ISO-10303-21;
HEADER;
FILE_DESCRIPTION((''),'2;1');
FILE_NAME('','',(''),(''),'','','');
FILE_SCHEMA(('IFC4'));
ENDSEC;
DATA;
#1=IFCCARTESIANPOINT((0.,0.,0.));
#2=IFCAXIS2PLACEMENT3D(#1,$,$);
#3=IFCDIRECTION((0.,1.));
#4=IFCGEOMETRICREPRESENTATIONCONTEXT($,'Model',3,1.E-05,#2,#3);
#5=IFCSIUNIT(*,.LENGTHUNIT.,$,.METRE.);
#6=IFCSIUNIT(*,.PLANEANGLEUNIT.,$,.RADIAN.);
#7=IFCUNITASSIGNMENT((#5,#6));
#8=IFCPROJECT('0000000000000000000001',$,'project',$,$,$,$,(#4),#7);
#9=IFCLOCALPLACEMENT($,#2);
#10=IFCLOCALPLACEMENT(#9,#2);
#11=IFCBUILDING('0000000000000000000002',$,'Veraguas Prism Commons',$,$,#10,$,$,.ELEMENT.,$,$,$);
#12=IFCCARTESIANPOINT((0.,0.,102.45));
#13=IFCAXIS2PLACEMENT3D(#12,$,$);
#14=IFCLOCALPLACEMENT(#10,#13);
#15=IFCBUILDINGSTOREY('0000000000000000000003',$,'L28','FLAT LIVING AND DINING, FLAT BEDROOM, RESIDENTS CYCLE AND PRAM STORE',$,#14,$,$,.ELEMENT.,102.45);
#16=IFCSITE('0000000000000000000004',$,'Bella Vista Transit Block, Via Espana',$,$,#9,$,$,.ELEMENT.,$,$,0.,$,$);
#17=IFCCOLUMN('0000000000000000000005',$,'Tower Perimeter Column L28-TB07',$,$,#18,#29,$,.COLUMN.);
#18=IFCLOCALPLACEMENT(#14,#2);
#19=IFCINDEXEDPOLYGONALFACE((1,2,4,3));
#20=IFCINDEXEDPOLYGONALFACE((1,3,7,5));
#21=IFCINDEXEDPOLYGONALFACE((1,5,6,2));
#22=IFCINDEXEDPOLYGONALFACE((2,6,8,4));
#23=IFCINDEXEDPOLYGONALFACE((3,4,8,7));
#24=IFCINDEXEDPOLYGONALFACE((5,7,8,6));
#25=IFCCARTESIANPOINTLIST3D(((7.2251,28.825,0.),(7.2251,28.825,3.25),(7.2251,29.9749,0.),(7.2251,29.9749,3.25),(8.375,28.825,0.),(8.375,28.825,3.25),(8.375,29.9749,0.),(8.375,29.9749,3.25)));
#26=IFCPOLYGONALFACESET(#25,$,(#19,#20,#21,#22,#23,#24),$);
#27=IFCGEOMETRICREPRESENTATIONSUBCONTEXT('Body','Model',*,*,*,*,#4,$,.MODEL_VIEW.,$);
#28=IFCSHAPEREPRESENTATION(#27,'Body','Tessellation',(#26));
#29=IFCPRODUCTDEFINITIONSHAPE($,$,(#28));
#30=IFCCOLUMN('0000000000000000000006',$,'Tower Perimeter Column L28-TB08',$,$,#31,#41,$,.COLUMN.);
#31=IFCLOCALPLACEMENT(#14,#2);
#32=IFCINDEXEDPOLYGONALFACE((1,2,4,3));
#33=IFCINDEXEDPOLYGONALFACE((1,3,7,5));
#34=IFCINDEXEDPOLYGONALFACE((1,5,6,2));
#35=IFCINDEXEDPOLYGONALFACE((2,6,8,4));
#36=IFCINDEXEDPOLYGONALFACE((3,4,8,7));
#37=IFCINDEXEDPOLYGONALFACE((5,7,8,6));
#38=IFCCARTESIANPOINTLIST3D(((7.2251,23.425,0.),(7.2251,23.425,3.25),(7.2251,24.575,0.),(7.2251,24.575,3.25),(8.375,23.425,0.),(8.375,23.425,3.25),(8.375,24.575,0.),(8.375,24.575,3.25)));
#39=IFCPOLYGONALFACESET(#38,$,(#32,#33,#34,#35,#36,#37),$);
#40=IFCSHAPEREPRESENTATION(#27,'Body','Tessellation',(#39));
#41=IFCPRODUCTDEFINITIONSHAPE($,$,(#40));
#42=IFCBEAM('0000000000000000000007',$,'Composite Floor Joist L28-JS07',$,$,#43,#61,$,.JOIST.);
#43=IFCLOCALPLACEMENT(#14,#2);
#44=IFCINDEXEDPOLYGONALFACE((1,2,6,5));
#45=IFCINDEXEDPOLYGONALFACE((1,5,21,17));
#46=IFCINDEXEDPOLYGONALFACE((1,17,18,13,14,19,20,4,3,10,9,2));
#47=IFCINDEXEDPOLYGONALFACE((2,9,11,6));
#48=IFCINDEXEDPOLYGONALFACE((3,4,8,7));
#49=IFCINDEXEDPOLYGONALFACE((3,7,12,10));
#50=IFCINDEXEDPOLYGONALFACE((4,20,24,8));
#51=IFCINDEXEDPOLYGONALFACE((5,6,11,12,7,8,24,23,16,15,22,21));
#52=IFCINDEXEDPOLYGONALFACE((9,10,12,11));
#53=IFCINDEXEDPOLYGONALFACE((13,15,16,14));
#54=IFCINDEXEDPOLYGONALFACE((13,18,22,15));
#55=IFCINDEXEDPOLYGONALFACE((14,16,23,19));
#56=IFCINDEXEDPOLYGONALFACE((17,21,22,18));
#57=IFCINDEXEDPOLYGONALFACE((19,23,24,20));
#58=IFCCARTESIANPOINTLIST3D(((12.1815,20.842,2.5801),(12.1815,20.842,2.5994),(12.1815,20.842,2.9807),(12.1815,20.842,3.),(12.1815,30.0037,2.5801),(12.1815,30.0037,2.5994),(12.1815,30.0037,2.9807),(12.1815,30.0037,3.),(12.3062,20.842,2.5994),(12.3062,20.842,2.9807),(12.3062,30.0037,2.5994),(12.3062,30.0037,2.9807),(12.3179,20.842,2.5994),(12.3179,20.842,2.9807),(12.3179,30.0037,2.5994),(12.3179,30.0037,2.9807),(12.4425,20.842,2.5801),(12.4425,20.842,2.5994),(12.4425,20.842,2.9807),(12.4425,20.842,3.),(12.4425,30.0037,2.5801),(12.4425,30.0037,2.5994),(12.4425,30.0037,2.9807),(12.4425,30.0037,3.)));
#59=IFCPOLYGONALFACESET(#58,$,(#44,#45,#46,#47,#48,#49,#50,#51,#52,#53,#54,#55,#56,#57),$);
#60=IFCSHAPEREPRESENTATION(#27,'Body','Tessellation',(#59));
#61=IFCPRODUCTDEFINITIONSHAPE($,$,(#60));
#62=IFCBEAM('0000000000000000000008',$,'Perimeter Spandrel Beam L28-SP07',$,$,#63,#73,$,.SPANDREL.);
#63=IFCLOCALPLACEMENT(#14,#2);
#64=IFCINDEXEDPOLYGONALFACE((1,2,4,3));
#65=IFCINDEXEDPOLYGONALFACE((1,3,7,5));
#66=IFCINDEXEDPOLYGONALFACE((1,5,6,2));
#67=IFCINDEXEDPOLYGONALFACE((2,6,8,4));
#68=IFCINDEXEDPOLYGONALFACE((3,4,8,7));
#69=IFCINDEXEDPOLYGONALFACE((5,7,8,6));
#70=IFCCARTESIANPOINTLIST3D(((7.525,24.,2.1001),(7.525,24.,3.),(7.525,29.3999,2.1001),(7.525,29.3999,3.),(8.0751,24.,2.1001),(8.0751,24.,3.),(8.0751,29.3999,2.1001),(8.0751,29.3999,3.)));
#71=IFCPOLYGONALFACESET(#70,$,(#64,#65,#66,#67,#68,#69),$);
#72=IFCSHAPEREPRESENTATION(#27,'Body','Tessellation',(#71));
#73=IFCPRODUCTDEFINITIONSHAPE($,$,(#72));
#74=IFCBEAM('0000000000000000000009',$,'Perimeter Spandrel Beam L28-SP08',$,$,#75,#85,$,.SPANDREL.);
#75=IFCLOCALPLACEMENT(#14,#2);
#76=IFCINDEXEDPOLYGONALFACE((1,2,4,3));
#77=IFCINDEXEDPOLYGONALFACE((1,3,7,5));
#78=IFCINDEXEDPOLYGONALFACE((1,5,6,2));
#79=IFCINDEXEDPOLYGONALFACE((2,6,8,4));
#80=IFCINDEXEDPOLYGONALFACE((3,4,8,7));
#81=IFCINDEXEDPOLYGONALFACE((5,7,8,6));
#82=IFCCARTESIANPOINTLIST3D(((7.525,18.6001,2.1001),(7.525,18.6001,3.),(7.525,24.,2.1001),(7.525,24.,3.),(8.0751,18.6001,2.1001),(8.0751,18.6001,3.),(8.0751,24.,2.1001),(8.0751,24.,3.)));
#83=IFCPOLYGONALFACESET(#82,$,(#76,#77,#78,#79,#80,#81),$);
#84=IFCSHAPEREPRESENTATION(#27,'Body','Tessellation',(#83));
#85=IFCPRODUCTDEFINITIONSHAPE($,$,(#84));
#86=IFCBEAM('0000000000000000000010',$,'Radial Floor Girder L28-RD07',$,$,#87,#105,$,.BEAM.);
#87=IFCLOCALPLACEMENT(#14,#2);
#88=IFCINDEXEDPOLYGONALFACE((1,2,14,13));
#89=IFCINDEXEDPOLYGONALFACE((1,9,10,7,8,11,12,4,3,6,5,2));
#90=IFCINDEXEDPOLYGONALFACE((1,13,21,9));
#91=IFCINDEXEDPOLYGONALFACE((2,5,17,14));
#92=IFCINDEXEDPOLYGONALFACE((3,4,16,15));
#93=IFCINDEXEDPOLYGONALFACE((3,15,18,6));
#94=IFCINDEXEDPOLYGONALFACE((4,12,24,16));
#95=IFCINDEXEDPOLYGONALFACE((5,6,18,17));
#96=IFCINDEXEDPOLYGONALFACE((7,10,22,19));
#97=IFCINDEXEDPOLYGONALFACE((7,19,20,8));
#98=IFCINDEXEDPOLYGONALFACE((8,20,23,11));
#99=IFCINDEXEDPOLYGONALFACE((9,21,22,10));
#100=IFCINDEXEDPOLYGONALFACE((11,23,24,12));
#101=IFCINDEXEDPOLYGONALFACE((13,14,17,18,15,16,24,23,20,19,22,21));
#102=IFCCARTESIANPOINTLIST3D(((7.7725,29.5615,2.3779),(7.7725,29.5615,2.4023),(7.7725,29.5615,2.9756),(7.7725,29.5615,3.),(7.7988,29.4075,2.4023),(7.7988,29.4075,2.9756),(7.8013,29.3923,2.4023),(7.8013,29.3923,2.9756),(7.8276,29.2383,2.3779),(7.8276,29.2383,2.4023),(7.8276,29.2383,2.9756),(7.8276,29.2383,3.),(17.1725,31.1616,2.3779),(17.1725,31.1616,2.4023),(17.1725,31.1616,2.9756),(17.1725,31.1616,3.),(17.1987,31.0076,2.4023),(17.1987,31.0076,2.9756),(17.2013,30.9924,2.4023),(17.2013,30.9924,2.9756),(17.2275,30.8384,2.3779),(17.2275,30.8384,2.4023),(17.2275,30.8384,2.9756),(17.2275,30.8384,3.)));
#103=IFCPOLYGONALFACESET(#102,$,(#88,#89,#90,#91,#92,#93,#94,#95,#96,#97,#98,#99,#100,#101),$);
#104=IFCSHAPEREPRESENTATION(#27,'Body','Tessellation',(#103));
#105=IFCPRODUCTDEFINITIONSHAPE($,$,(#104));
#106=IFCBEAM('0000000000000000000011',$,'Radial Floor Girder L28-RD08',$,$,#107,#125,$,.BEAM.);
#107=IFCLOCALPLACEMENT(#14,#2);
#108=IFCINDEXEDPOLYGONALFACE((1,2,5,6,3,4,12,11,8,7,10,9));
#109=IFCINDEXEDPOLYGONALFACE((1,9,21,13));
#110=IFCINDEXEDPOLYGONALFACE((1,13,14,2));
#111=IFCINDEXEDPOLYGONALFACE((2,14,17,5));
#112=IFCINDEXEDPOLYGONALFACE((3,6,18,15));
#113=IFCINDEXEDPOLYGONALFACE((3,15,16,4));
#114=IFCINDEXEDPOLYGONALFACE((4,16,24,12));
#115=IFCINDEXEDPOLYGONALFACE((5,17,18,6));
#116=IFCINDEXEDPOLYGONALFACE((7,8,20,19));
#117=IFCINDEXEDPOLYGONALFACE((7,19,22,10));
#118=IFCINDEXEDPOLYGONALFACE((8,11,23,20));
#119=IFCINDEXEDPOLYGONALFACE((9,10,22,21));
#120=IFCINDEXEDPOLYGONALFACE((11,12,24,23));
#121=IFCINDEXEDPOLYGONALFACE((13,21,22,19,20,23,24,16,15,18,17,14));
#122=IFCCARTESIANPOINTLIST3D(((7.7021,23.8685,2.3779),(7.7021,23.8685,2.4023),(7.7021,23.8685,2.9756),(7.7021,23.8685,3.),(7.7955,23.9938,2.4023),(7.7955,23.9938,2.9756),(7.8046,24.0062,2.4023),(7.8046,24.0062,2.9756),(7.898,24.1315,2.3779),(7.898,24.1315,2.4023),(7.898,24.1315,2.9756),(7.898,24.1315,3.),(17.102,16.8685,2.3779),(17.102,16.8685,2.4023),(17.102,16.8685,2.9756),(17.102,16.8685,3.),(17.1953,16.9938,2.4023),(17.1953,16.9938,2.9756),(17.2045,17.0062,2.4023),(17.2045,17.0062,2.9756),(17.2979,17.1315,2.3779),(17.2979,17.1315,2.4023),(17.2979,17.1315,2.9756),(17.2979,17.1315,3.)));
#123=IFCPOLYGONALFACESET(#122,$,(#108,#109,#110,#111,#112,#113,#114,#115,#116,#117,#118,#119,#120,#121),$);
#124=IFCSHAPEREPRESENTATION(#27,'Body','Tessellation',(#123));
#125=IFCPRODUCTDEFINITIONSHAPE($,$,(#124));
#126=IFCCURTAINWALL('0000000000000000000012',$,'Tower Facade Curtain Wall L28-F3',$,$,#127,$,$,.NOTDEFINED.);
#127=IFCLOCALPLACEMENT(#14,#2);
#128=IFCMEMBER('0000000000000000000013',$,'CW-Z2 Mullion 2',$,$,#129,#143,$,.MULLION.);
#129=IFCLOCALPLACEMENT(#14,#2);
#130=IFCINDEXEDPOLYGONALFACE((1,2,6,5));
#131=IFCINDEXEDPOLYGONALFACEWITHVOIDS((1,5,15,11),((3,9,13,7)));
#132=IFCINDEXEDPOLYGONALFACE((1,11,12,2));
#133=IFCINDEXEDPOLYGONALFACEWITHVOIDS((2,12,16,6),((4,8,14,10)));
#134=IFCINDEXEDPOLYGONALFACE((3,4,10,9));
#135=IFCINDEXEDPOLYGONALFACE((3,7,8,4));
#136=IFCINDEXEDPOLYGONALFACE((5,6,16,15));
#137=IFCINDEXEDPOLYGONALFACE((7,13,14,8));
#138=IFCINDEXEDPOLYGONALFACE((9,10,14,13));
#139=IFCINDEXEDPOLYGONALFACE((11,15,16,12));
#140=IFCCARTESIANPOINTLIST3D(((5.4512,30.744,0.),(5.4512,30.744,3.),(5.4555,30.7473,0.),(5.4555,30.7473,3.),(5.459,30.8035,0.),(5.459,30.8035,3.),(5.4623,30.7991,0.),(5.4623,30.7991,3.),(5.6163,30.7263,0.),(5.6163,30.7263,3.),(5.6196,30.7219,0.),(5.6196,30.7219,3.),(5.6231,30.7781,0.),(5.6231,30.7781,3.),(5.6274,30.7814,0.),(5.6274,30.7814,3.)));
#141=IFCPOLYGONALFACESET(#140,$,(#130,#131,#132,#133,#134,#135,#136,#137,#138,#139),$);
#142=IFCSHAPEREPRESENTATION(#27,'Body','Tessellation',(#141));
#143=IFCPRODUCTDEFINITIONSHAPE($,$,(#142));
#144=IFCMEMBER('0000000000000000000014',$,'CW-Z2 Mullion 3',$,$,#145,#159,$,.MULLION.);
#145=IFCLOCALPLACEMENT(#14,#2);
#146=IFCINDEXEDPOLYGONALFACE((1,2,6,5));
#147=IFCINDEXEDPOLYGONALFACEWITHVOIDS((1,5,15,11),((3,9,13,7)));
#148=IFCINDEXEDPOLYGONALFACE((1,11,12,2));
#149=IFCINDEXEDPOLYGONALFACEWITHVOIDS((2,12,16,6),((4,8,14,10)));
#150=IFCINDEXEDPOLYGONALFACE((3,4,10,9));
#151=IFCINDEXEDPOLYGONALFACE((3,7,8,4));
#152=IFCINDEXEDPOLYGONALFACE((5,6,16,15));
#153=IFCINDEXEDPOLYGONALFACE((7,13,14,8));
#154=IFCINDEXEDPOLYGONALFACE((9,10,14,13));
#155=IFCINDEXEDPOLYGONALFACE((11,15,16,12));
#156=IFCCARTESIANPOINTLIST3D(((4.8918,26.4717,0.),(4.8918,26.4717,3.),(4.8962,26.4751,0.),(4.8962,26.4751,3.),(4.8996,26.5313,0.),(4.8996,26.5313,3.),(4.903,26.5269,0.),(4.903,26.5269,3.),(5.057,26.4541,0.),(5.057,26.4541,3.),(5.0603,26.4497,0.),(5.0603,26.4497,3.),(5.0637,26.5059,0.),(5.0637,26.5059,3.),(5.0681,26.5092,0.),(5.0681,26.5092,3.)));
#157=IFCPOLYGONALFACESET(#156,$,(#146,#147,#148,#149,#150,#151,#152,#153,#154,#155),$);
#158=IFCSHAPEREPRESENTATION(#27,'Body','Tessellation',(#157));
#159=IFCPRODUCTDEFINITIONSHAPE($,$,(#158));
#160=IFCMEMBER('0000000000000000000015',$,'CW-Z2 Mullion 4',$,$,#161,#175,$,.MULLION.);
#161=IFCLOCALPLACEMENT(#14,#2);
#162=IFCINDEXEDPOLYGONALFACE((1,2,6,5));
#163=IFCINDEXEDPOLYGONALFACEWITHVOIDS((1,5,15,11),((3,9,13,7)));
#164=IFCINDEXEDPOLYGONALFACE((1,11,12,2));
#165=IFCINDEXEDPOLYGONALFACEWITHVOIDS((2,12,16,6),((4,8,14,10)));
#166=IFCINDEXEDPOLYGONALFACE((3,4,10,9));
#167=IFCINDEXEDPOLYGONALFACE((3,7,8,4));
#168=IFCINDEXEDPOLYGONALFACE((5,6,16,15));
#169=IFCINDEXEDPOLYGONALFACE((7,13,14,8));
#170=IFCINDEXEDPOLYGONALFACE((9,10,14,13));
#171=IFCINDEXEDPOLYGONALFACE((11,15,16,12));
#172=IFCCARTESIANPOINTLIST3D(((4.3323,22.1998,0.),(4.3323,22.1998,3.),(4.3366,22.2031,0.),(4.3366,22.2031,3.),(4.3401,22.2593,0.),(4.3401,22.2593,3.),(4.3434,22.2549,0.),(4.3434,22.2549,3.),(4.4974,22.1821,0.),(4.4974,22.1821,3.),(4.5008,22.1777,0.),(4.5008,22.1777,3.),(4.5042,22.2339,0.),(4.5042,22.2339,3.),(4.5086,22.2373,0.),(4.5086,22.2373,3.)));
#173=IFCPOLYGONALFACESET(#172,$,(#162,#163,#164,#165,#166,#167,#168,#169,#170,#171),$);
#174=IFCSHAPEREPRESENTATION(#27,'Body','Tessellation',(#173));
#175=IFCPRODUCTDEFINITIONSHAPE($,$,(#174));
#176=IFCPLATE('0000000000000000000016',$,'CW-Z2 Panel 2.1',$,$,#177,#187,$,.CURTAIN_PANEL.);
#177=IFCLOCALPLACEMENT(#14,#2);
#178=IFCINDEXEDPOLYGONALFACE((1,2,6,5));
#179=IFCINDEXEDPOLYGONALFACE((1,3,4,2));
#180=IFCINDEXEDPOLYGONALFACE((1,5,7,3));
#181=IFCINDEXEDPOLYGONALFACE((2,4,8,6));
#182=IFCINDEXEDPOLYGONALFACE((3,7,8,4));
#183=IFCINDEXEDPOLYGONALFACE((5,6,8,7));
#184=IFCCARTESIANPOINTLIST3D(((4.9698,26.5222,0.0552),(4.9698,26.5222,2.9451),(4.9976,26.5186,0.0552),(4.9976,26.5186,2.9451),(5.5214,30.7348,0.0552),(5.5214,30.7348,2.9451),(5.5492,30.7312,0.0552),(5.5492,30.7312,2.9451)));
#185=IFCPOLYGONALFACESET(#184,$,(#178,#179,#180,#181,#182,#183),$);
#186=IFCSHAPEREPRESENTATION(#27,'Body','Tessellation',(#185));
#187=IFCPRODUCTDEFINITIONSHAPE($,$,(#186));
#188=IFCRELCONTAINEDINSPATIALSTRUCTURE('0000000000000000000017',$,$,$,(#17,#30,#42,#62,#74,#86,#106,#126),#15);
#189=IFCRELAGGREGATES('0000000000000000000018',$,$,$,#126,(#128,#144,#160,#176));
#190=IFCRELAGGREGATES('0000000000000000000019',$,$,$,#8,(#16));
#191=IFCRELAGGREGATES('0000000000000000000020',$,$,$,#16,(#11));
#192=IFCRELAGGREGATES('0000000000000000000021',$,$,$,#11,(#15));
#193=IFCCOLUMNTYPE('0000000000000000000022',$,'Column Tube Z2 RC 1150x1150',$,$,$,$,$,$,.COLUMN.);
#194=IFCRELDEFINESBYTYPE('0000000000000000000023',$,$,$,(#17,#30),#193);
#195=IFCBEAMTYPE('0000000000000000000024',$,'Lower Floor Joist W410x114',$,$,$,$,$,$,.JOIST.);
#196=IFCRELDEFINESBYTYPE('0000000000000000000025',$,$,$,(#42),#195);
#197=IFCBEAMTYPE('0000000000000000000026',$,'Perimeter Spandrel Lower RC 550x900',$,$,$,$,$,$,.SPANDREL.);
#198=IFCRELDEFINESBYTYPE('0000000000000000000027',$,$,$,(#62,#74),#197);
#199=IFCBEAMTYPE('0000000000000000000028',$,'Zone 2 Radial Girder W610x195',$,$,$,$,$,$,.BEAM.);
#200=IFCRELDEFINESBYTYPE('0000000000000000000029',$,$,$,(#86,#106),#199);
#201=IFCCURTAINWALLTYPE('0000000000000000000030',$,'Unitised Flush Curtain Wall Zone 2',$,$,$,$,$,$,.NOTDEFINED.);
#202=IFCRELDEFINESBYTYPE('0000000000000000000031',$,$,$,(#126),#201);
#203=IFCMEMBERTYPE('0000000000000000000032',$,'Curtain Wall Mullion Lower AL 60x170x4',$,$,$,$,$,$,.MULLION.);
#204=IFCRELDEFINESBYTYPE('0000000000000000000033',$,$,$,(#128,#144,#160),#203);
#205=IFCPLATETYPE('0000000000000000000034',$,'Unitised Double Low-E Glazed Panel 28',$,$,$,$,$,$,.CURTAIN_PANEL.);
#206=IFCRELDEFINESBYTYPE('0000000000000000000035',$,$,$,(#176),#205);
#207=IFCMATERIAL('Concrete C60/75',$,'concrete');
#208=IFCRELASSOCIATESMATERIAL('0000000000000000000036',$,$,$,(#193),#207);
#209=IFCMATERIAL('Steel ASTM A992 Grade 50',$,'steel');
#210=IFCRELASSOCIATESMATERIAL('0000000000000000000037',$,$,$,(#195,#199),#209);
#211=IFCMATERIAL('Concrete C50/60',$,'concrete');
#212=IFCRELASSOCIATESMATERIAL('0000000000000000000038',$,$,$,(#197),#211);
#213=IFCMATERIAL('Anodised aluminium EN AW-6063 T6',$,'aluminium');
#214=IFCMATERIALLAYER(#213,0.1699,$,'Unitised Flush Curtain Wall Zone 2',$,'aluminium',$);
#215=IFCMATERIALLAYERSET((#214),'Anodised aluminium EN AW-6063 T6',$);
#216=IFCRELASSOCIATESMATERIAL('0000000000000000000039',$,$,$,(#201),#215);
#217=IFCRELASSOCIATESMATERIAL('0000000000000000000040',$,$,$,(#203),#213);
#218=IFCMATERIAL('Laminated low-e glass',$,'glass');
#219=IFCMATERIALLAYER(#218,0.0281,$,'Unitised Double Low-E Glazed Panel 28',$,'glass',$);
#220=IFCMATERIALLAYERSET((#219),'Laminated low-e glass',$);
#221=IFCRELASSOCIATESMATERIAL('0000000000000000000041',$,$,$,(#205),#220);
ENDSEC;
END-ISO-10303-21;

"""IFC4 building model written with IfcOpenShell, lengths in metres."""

from ifc_helpers import new_model, si_unit, direction, frame, origin, origin_2d, place, context, subcontext, project, spatial, rectangle, hollow_rectangle, i_section, extrude, source, transform, mapped, material, layer, layer_set, material_profile, profile_set, type_object, element, aggregate, save


model = new_model("IFC4")

# Units and contexts
model_context = context("Model", 3, precision=1e-05, world=origin(), true_north=direction((0.0, 1.0)))
body_context = subcontext(model_context, "Body", "Model", "MODEL_VIEW")
ifc_project = project(units=[si_unit("LENGTHUNIT", "METRE"), si_unit("PLANEANGLEUNIT", "RADIAN")], contexts=[model_context])

# Site, building, storey
site_placement = place(None, origin())
site = spatial("IfcSite", under=ifc_project, at=site_placement, Name="Bella Vista Transit Block, Via Espana", CompositionType="ELEMENT", RefElevation=0.0)
building_placement = place(site_placement, origin())
building = spatial("IfcBuilding", under=site, at=building_placement, Name="Veraguas Prism Commons", CompositionType="ELEMENT")
storey_placement = place(building_placement, frame((0.0, 0.0, 102.45)))
storey = spatial("IfcBuildingStorey", under=building, at=storey_placement, Name="L28", Description="FLAT LIVING AND DINING, FLAT BEDROOM, RESIDENTS CYCLE AND PRAM STORE", CompositionType="ELEMENT", Elevation=102.45)

# Columns
ifc_material_1 = material(Name="Concrete C60/75", Category="concrete")
ifc_material_profile_1 = material_profile(ifc_material_1, rectangle(XDim=1.1499, YDim=1.1499, at=origin_2d()), Name="RC1150X1150")
ifc_profile_set_1 = profile_set([ifc_material_profile_1], Name="Concrete C60/75")
column_type = type_object("IfcColumnType", Name="Column Tube Z2 RC 1150x1150", PredefinedType="COLUMN", material=ifc_profile_set_1)
for number, where, z_axis, x_axis, name in (
    (1, (7.8, 29.3999, 0.0), (0.0, 0.0, 1.0), (1.0, 0.0, 0.0), "Tower Perimeter Column L28-TB07"),
    (2, (7.8, 24.0, 0.0), (0.0, 0.0, 1.0), (1.0, 0.0, 0.0), "Tower Perimeter Column L28-TB08"),
):
    element("IfcColumn", number, at=place(storey_placement, frame(where, z_axis=z_axis, x_axis=x_axis)), inside=storey, type_object=column_type, Name=name, PredefinedType="COLUMN", context=body_context, shape_type="SweptSolid", body=[
        extrude(rectangle(XDim=1.1499, YDim=1.1499, at=origin_2d()), origin(), (0.0, 0.0, 1.0), 3.25),
    ])

# Beams
ifc_material_2 = material(Name="Steel ASTM A992 Grade 50", Category="steel")
ifc_material_profile_2 = material_profile(ifc_material_2, i_section(OverallWidth=0.261, OverallDepth=0.4199, WebThickness=0.0117, FlangeThickness=0.0193, at=origin_2d()), Name="W410X114")
ifc_profile_set_2 = profile_set([ifc_material_profile_2], Name="Steel ASTM A992 Grade 50")
beam_type_1 = type_object("IfcBeamType", Name="Lower Floor Joist W410x114", PredefinedType="JOIST", material=ifc_profile_set_2)
beam_1_placement = place(storey_placement, frame((12.312, 30.0037, 2.79), z_axis=(0.0, -1.0, 0.0), x_axis=(1.0, 0.0, 0.0)))
element("IfcBeam", 3, at=beam_1_placement, inside=storey, type_object=beam_type_1, Name="Composite Floor Joist L28-JS07", PredefinedType="JOIST", context=body_context, shape_type="SweptSolid", body=[
    extrude(i_section(OverallWidth=0.261, OverallDepth=0.4199, WebThickness=0.0117, FlangeThickness=0.0193, at=origin_2d()), origin(), (0.0, 0.0, 1.0), 9.1616),
])
ifc_material_3 = material(Name="Concrete C50/60", Category="concrete")
ifc_material_profile_3 = material_profile(ifc_material_3, rectangle(XDim=0.55, YDim=0.8999, at=origin_2d()), Name="RC550X900")
ifc_profile_set_3 = profile_set([ifc_material_profile_3], Name="Concrete C50/60")
beam_type_2 = type_object("IfcBeamType", Name="Perimeter Spandrel Lower RC 550x900", PredefinedType="SPANDREL", material=ifc_profile_set_3)
for number, where, z_axis, x_axis, name in (
    (4, (7.8, 29.3999, 2.55), (0.0, -1.0, 0.0), (1.0, 0.0, 0.0), "Perimeter Spandrel Beam L28-SP07"),
    (5, (7.8, 24.0, 2.55), (0.0, -1.0, 0.0), (1.0, 0.0, 0.0), "Perimeter Spandrel Beam L28-SP08"),
):
    element("IfcBeam", number, at=place(storey_placement, frame(where, z_axis=z_axis, x_axis=x_axis)), inside=storey, type_object=beam_type_2, Name=name, PredefinedType="SPANDREL", context=body_context, shape_type="SweptSolid", body=[
        extrude(rectangle(XDim=0.55, YDim=0.8999, at=origin_2d()), origin(), (0.0, 0.0, 1.0), 5.3999),
    ])
ifc_material_profile_4 = material_profile(ifc_material_2, i_section(OverallWidth=0.3279, OverallDepth=0.6221, WebThickness=0.0154, FlangeThickness=0.0244, at=origin_2d()), Name="W610X195")
ifc_profile_set_4 = profile_set([ifc_material_profile_4], Name="Steel ASTM A992 Grade 50")
beam_type_3 = type_object("IfcBeamType", Name="Zone 2 Radial Girder W610x195", PredefinedType="BEAM", material=ifc_profile_set_4)
beam_2_placement = place(storey_placement, frame((7.8, 29.3999, 2.689), z_axis=(0.985819, 0.167811, 0.0), x_axis=(-0.167811, 0.985819, 0.0)))
element("IfcBeam", 6, at=beam_2_placement, inside=storey, type_object=beam_type_3, Name="Radial Floor Girder L28-RD07", PredefinedType="BEAM", context=body_context, shape_type="SweptSolid", body=[
    extrude(i_section(OverallWidth=0.3279, OverallDepth=0.6221, WebThickness=0.0154, FlangeThickness=0.0244, at=origin_2d()), origin(), (0.0, 0.0, 1.0), 9.5352),
])
beam_3_placement = place(storey_placement, frame((7.8, 24.0, 2.689), z_axis=(0.80204, -0.59727, 0.0), x_axis=(0.59727, 0.80204, 0.0)))
element("IfcBeam", 7, at=beam_3_placement, inside=storey, type_object=beam_type_3, Name="Radial Floor Girder L28-RD08", PredefinedType="BEAM", context=body_context, shape_type="SweptSolid", body=[
    extrude(i_section(OverallWidth=0.3279, OverallDepth=0.6221, WebThickness=0.0154, FlangeThickness=0.0244, at=origin_2d()), origin(), (0.0, 0.0, 1.0), 11.72),
])

# Curtain wall, members, plate
ifc_material_4 = material(Name="Anodised aluminium EN AW-6063 T6", Category="aluminium")
ifc_layer_1 = layer(ifc_material_4, 0.1699, Name="Unitised Flush Curtain Wall Zone 2", Category="aluminium")
ifc_layer_set_1 = layer_set([ifc_layer_1], Name="Anodised aluminium EN AW-6063 T6")
curtain_wall_type = type_object("IfcCurtainWallType", Name="Unitised Flush Curtain Wall Zone 2", PredefinedType="NOTDEFINED", material=ifc_layer_set_1)
curtain_wall_placement = place(storey_placement, origin())
curtain_wall = element("IfcCurtainWall", 8, at=curtain_wall_placement, inside=storey, type_object=curtain_wall_type, Name="Tower Facade Curtain Wall L28-F3", PredefinedType="NOTDEFINED")
ifc_material_profile_5 = material_profile(ifc_material_4, hollow_rectangle(XDim=0.0601, YDim=0.1699, WallThickness=0.0039, at=origin_2d()), Name="AL60X170X4")
ifc_profile_set_5 = profile_set([ifc_material_profile_5], Name="Anodised aluminium EN AW-6063 T6")
member_type = type_object("IfcMemberType", Name="Curtain Wall Mullion Lower AL 60x170x4", PredefinedType="MULLION", material=ifc_profile_set_5)
shared_shape_1 = source(origin(), body_context, "Body", "SweptSolid", [
    extrude(hollow_rectangle(XDim=0.0601, YDim=0.1699, WallThickness=0.0039, at=origin_2d()), origin(), (0.0, 0.0, 1.0), 3.0),
])
member_1_placement = place(storey_placement, frame((5.5393, 30.7627, 0.0), z_axis=(0.0, 0.0, 1.0), x_axis=(-0.129834, -0.991536, 0.0)))
member_1 = element("IfcMember", 9, at=member_1_placement, type_object=member_type, Name="CW-Z2 Mullion 2", PredefinedType="MULLION", context=body_context, shape_type="MappedRepresentation", body=[
    mapped(shared_shape_1, transform((0.0, 0.0, 0.0), scale=1.0)),
])
member_2_placement = place(storey_placement, frame((4.98, 26.4905, 0.0), z_axis=(0.0, 0.0, 1.0), x_axis=(-0.129834, -0.991536, 0.0)))
member_2 = element("IfcMember", 10, at=member_2_placement, type_object=member_type, Name="CW-Z2 Mullion 3", PredefinedType="MULLION", context=body_context, shape_type="MappedRepresentation", body=[
    mapped(shared_shape_1, transform((0.0, 0.0, 0.0), scale=1.0)),
])
member_3_placement = place(storey_placement, frame((4.4204, 22.2185, 0.0), z_axis=(0.0, 0.0, 1.0), x_axis=(-0.129834, -0.991536, 0.0)))
member_3 = element("IfcMember", 11, at=member_3_placement, type_object=member_type, Name="CW-Z2 Mullion 4", PredefinedType="MULLION", context=body_context, shape_type="MappedRepresentation", body=[
    mapped(shared_shape_1, transform((0.0, 0.0, 0.0), scale=1.0)),
])
ifc_material_5 = material(Name="Laminated low-e glass", Category="glass")
ifc_layer_2 = layer(ifc_material_5, 0.0281, Name="Unitised Double Low-E Glazed Panel 28", Category="glass")
ifc_layer_set_2 = layer_set([ifc_layer_2], Name="Laminated low-e glass")
plate_type = type_object("IfcPlateType", Name="Unitised Double Low-E Glazed Panel 28", PredefinedType="CURTAIN_PANEL", material=ifc_layer_set_2)
shared_shape_2 = source(origin(), body_context, "Body", "SweptSolid", [
    extrude(rectangle(XDim=4.2485, YDim=0.0281, at=origin_2d()), origin(), (0.0, 0.0, 1.0), 2.8899),
])
plate_1_placement = place(storey_placement, frame((5.2595, 28.6267, 0.0552), z_axis=(0.0, 0.0, 1.0), x_axis=(-0.129834, -0.991536, 0.0)))
plate_1 = element("IfcPlate", 12, at=plate_1_placement, type_object=plate_type, Name="CW-Z2 Panel 2.1", PredefinedType="CURTAIN_PANEL", context=body_context, shape_type="MappedRepresentation", body=[
    mapped(shared_shape_2, transform((0.0, 0.0, 0.0), scale=1.0)),
])
aggregate(curtain_wall, [member_1, member_2, member_3, plate_1])

save(model, "model.ifc")
